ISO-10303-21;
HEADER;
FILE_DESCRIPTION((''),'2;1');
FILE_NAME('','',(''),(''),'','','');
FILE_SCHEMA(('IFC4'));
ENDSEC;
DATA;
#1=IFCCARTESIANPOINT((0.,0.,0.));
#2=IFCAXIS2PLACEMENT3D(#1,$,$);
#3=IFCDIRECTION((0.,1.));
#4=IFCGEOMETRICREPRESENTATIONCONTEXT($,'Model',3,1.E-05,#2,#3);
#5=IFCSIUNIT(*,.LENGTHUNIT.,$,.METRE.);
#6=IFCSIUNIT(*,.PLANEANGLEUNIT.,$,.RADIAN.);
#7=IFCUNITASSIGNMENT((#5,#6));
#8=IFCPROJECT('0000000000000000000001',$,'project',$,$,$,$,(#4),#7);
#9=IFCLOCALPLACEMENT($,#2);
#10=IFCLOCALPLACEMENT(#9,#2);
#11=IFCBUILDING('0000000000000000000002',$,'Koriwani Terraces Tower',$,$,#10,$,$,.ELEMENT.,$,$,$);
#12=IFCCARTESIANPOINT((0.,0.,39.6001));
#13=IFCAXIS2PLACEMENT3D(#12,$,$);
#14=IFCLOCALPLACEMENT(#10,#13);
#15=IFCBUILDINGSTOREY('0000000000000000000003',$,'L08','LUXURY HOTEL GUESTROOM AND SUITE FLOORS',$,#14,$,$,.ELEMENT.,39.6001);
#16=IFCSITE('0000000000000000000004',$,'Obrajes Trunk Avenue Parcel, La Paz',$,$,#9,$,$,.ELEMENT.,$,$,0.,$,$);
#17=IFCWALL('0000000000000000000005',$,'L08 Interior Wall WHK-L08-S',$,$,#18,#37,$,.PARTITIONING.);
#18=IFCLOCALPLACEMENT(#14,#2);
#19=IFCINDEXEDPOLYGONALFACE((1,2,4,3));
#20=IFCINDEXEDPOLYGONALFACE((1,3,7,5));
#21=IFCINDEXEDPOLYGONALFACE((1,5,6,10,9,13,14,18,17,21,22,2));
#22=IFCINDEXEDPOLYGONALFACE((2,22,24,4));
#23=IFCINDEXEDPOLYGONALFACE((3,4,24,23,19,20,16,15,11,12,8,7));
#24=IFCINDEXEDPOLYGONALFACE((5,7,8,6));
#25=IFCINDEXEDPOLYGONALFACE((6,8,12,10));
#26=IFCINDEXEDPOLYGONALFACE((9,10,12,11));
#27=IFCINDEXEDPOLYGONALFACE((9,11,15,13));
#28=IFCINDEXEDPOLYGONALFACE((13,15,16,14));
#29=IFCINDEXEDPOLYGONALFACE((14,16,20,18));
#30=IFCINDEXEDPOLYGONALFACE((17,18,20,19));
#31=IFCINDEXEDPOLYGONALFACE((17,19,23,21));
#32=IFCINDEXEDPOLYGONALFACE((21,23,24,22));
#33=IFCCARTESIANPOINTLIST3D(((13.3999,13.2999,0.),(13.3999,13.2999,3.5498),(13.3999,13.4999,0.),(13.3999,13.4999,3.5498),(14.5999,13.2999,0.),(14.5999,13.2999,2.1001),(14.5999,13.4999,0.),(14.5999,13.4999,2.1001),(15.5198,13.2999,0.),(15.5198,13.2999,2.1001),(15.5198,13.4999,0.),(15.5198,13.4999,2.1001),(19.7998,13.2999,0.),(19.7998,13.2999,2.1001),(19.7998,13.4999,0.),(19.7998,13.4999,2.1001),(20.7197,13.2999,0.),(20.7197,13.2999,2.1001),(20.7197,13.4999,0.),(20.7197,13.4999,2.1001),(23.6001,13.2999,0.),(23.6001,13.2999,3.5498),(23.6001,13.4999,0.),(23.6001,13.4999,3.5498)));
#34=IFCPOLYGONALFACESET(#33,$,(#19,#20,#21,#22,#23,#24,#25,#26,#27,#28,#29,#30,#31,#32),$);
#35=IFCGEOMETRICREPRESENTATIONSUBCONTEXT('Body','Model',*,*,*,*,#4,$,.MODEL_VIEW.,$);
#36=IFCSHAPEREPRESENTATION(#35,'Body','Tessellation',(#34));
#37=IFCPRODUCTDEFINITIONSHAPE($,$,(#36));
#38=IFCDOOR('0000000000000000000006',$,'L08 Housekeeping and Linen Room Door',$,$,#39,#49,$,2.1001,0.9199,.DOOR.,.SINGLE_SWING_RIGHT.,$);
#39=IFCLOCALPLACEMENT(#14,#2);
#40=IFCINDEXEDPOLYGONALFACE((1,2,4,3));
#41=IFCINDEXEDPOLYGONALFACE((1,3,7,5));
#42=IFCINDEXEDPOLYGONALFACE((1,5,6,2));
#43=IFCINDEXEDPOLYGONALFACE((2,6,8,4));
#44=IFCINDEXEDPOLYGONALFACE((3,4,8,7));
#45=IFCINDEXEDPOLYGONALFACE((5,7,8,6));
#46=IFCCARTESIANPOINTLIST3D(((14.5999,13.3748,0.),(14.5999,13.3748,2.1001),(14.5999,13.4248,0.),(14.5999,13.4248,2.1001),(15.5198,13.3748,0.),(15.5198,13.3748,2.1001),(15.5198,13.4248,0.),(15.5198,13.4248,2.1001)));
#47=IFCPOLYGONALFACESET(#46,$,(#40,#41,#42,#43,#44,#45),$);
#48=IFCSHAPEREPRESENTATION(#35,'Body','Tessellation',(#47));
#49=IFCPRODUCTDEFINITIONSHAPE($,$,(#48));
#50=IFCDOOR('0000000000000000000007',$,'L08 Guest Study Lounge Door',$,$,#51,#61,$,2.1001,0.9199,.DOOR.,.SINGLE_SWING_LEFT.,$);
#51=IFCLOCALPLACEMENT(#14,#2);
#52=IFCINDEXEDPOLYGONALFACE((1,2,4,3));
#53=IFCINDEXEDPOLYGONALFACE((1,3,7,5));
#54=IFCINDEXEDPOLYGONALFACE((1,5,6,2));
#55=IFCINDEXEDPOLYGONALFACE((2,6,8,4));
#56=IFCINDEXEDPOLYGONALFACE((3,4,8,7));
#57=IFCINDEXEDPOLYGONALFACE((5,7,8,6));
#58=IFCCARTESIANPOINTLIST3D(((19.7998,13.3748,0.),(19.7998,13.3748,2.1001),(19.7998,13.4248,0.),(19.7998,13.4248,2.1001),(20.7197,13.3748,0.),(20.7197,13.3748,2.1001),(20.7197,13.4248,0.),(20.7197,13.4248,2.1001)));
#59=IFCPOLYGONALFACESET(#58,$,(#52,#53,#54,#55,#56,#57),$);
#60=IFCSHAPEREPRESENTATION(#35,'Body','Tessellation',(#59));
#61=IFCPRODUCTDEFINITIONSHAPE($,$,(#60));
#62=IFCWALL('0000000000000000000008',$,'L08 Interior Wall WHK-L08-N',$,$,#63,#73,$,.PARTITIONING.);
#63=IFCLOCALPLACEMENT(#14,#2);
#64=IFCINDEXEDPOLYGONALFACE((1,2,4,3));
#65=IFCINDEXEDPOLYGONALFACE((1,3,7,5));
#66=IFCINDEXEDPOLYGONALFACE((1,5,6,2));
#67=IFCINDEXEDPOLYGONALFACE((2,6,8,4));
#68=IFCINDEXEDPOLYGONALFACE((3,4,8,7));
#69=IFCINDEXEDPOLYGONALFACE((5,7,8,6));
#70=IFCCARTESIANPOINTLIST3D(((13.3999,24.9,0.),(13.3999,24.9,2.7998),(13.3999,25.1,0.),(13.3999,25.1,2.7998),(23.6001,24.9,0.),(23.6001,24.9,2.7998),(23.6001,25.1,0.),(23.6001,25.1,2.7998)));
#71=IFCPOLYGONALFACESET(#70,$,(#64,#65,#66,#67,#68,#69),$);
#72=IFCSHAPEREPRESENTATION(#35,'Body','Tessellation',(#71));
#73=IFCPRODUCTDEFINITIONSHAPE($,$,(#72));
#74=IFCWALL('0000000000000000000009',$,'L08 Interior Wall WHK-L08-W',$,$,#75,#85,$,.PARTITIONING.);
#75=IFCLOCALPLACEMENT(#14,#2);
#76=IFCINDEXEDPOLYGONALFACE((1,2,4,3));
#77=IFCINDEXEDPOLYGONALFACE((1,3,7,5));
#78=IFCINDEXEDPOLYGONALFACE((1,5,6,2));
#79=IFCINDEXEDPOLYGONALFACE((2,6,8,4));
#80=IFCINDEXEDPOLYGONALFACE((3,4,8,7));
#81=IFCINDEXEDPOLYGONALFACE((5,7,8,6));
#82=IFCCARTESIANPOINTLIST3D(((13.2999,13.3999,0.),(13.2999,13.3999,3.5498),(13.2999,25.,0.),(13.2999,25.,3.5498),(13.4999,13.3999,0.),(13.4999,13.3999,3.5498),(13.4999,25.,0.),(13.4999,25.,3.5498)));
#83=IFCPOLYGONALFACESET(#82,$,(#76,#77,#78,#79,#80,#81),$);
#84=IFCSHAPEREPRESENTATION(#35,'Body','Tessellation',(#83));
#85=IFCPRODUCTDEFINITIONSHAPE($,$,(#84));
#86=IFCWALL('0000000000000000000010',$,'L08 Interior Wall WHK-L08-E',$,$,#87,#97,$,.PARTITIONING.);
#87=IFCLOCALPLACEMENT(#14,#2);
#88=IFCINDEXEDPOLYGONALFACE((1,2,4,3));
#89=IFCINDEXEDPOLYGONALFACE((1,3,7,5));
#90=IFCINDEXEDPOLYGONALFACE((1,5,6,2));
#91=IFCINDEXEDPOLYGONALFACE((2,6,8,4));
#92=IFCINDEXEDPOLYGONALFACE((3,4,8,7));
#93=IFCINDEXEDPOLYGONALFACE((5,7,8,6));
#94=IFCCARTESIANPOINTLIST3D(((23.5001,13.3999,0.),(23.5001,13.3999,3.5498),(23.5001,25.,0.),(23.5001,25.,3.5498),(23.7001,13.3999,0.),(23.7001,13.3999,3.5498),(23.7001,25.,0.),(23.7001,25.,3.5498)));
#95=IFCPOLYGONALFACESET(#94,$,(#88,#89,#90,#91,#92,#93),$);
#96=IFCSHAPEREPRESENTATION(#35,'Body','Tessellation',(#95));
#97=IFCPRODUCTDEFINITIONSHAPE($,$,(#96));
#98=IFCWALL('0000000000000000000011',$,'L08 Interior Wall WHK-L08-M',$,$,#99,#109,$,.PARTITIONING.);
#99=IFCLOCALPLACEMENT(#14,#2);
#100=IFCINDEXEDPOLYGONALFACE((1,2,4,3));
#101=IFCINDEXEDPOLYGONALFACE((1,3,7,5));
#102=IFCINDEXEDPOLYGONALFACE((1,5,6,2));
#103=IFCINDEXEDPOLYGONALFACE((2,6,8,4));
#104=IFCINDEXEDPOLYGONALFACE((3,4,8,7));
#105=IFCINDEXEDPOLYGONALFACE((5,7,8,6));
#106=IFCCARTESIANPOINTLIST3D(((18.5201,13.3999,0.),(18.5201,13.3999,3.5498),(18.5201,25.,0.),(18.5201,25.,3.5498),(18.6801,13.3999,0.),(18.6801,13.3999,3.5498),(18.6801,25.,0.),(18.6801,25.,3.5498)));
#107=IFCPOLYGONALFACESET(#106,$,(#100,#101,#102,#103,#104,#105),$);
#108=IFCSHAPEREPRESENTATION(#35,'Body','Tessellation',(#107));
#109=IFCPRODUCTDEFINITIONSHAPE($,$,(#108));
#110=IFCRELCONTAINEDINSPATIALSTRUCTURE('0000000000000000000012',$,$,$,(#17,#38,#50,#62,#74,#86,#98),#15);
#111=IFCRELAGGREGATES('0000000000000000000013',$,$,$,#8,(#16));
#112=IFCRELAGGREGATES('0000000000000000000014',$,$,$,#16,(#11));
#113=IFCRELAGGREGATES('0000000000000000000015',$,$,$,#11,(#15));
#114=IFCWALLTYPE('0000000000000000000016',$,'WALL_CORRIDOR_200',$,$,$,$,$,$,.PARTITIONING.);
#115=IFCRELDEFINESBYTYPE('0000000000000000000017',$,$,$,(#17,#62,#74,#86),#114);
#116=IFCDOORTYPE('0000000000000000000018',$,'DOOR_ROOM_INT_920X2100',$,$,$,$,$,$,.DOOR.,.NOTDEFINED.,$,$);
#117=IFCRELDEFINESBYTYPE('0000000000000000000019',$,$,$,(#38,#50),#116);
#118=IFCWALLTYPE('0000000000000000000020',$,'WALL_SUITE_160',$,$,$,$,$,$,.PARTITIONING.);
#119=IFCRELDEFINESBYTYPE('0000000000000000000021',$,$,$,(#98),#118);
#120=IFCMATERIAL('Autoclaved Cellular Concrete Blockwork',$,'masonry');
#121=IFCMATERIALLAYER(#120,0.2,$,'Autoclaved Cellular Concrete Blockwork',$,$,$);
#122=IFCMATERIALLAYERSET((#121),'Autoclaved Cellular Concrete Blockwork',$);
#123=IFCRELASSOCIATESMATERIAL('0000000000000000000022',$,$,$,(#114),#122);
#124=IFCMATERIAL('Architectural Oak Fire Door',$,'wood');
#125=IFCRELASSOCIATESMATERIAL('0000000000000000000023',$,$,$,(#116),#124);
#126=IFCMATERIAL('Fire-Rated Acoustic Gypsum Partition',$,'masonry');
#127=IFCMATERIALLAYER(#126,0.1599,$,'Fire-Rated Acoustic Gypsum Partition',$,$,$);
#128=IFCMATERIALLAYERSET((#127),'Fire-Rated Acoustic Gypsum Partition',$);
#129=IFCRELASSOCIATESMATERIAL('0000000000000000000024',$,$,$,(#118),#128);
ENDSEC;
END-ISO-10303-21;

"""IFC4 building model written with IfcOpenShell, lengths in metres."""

from ifc_helpers import new_model, si_unit, direction, frame, frame_2d, origin, place, context, subcontext, project, spatial, rectangle, extrude, material, layer, layer_set, type_object, element, fill, save


model = new_model("IFC4")

# Units and contexts
model_context = context("Model", 3, precision=1e-05, world=origin(), true_north=direction((0.0, 1.0)))
body_context = subcontext(model_context, "Body", "Model", "MODEL_VIEW")
ifc_project = project(units=[si_unit("LENGTHUNIT", "METRE"), si_unit("PLANEANGLEUNIT", "RADIAN")], contexts=[model_context])

# Site, building, storey
site_placement = place(None, origin())
site = spatial("IfcSite", under=ifc_project, at=site_placement, Name="Obrajes Trunk Avenue Parcel, La Paz", CompositionType="ELEMENT", RefElevation=0.0)
building_placement = place(site_placement, origin())
building = spatial("IfcBuilding", under=site, at=building_placement, Name="Koriwani Terraces Tower", CompositionType="ELEMENT")
storey_placement = place(building_placement, frame((0.0, 0.0, 39.6001)))
storey = spatial("IfcBuildingStorey", under=building, at=storey_placement, Name="L08", Description="LUXURY HOTEL GUESTROOM AND SUITE FLOORS", CompositionType="ELEMENT", Elevation=39.6001)

# Wall, openings, doors
ifc_material_1 = material(Name="Autoclaved Cellular Concrete Blockwork", Category="masonry")
ifc_layer_1 = layer(ifc_material_1, 0.2, Name="Autoclaved Cellular Concrete Blockwork")
ifc_layer_set_1 = layer_set([ifc_layer_1], Name="Autoclaved Cellular Concrete Blockwork")
wall_type_1 = type_object("IfcWallType", Name="WALL_CORRIDOR_200", PredefinedType="PARTITIONING", material=ifc_layer_set_1)
wall_1_placement = place(storey_placement, frame((13.3999, 13.3999, 0.0), z_axis=(0.0, 0.0, 1.0), x_axis=(1.0, 0.0, 0.0)))
wall_1 = element("IfcWall", 1, at=wall_1_placement, inside=storey, type_object=wall_type_1, Name="L08 Interior Wall WHK-L08-S", PredefinedType="PARTITIONING", context=body_context, shape_type="SweptSolid", body=[
    extrude(rectangle(XDim=10.2002, YDim=0.2, at=frame_2d((5.1001, 0.0))), origin(), (0.0, 0.0, 1.0), 3.5498),
])
opening_1_placement = place(wall_1_placement, frame((1.2, 0.0, 0.0)))
opening_1 = element("IfcOpeningElement", 2, at=opening_1_placement, cuts=wall_1, PredefinedType="OPENING", context=body_context, shape_type="SweptSolid", body=[
    extrude(rectangle(XDim=0.9199, YDim=2.1001, at=frame_2d((0.46, 1.05))), frame((0.0, 0.1099, 0.0), z_axis=(0.0, -1.0, 0.0), x_axis=(1.0, 0.0, 0.0)), (0.0, 0.0, 1.0), 0.22),
])
opening_2_placement = place(wall_1_placement, frame((6.3999, 0.0, 0.0)))
opening_2 = element("IfcOpeningElement", 3, at=opening_2_placement, cuts=wall_1, PredefinedType="OPENING", context=body_context, shape_type="SweptSolid", body=[
    extrude(rectangle(XDim=0.9199, YDim=2.1001, at=frame_2d((0.46, 1.05))), frame((0.0, 0.1099, 0.0), z_axis=(0.0, -1.0, 0.0), x_axis=(1.0, 0.0, 0.0)), (0.0, 0.0, 1.0), 0.22),
])
ifc_material_2 = material(Name="Architectural Oak Fire Door", Category="wood")
door_type = type_object("IfcDoorType", Name="DOOR_ROOM_INT_920X2100", OperationType="NOTDEFINED", PredefinedType="DOOR", material=ifc_material_2)
door_1_placement = place(opening_1_placement, origin())
door_1 = element("IfcDoor", 4, at=door_1_placement, inside=storey, type_object=door_type, Name="L08 Housekeeping and Linen Room Door", OperationType="SINGLE_SWING_RIGHT", OverallHeight=2.1001, OverallWidth=0.9199, PredefinedType="DOOR", context=body_context, shape_type="SweptSolid", body=[
    extrude(rectangle(XDim=0.9199, YDim=2.1001, at=frame_2d((0.46, 1.05))), frame((0.0, 0.0249, 0.0), z_axis=(0.0, -1.0, 0.0), x_axis=(1.0, 0.0, 0.0)), (0.0, 0.0, 1.0), 0.05),
])
fill(opening_1, door_1)
door_2_placement = place(opening_2_placement, origin())
door_2 = element("IfcDoor", 5, at=door_2_placement, inside=storey, type_object=door_type, Name="L08 Guest Study Lounge Door", OperationType="SINGLE_SWING_LEFT", OverallHeight=2.1001, OverallWidth=0.9199, PredefinedType="DOOR", context=body_context, shape_type="SweptSolid", body=[
    extrude(rectangle(XDim=0.9199, YDim=2.1001, at=frame_2d((0.46, 1.05))), frame((0.0, 0.0249, 0.0), z_axis=(0.0, -1.0, 0.0), x_axis=(1.0, 0.0, 0.0)), (0.0, 0.0, 1.0), 0.05),
])
fill(opening_2, door_2)

# Walls
wall_2_placement = place(storey_placement, frame((13.3999, 25.0, 0.0), z_axis=(0.0, 0.0, 1.0), x_axis=(1.0, 0.0, 0.0)))
element("IfcWall", 6, at=wall_2_placement, inside=storey, type_object=wall_type_1, Name="L08 Interior Wall WHK-L08-N", PredefinedType="PARTITIONING", context=body_context, shape_type="SweptSolid", body=[
    extrude(rectangle(XDim=10.2002, YDim=0.2, at=frame_2d((5.1001, 0.0))), origin(), (0.0, 0.0, 1.0), 2.7998),
])
for number, where, z_axis, x_axis, name in (
    (7, (13.3999, 13.3999, 0.0), (0.0, 0.0, 1.0), (0.0, 1.0, 0.0), "L08 Interior Wall WHK-L08-W"),
    (8, (23.6001, 13.3999, 0.0), (0.0, 0.0, 1.0), (0.0, 1.0, 0.0), "L08 Interior Wall WHK-L08-E"),
):
    element("IfcWall", number, at=place(storey_placement, frame(where, z_axis=z_axis, x_axis=x_axis)), inside=storey, type_object=wall_type_1, Name=name, PredefinedType="PARTITIONING", context=body_context, shape_type="SweptSolid", body=[
        extrude(rectangle(XDim=11.6001, YDim=0.2, at=frame_2d((5.8, 0.0))), origin(), (0.0, 0.0, 1.0), 3.5498),
    ])
ifc_material_3 = material(Name="Fire-Rated Acoustic Gypsum Partition", Category="masonry")
ifc_layer_2 = layer(ifc_material_3, 0.1599, Name="Fire-Rated Acoustic Gypsum Partition")
ifc_layer_set_2 = layer_set([ifc_layer_2], Name="Fire-Rated Acoustic Gypsum Partition")
wall_type_2 = type_object("IfcWallType", Name="WALL_SUITE_160", PredefinedType="PARTITIONING", material=ifc_layer_set_2)
wall_3_placement = place(storey_placement, frame((18.6001, 13.3999, 0.0), z_axis=(0.0, 0.0, 1.0), x_axis=(0.0, 1.0, 0.0)))
element("IfcWall", 9, at=wall_3_placement, inside=storey, type_object=wall_type_2, Name="L08 Interior Wall WHK-L08-M", PredefinedType="PARTITIONING", context=body_context, shape_type="SweptSolid", body=[
    extrude(rectangle(XDim=11.6001, YDim=0.1599, at=frame_2d((5.8, 0.0))), origin(), (0.0, 0.0, 1.0), 3.5498),
])

save(model, "model.ifc")
